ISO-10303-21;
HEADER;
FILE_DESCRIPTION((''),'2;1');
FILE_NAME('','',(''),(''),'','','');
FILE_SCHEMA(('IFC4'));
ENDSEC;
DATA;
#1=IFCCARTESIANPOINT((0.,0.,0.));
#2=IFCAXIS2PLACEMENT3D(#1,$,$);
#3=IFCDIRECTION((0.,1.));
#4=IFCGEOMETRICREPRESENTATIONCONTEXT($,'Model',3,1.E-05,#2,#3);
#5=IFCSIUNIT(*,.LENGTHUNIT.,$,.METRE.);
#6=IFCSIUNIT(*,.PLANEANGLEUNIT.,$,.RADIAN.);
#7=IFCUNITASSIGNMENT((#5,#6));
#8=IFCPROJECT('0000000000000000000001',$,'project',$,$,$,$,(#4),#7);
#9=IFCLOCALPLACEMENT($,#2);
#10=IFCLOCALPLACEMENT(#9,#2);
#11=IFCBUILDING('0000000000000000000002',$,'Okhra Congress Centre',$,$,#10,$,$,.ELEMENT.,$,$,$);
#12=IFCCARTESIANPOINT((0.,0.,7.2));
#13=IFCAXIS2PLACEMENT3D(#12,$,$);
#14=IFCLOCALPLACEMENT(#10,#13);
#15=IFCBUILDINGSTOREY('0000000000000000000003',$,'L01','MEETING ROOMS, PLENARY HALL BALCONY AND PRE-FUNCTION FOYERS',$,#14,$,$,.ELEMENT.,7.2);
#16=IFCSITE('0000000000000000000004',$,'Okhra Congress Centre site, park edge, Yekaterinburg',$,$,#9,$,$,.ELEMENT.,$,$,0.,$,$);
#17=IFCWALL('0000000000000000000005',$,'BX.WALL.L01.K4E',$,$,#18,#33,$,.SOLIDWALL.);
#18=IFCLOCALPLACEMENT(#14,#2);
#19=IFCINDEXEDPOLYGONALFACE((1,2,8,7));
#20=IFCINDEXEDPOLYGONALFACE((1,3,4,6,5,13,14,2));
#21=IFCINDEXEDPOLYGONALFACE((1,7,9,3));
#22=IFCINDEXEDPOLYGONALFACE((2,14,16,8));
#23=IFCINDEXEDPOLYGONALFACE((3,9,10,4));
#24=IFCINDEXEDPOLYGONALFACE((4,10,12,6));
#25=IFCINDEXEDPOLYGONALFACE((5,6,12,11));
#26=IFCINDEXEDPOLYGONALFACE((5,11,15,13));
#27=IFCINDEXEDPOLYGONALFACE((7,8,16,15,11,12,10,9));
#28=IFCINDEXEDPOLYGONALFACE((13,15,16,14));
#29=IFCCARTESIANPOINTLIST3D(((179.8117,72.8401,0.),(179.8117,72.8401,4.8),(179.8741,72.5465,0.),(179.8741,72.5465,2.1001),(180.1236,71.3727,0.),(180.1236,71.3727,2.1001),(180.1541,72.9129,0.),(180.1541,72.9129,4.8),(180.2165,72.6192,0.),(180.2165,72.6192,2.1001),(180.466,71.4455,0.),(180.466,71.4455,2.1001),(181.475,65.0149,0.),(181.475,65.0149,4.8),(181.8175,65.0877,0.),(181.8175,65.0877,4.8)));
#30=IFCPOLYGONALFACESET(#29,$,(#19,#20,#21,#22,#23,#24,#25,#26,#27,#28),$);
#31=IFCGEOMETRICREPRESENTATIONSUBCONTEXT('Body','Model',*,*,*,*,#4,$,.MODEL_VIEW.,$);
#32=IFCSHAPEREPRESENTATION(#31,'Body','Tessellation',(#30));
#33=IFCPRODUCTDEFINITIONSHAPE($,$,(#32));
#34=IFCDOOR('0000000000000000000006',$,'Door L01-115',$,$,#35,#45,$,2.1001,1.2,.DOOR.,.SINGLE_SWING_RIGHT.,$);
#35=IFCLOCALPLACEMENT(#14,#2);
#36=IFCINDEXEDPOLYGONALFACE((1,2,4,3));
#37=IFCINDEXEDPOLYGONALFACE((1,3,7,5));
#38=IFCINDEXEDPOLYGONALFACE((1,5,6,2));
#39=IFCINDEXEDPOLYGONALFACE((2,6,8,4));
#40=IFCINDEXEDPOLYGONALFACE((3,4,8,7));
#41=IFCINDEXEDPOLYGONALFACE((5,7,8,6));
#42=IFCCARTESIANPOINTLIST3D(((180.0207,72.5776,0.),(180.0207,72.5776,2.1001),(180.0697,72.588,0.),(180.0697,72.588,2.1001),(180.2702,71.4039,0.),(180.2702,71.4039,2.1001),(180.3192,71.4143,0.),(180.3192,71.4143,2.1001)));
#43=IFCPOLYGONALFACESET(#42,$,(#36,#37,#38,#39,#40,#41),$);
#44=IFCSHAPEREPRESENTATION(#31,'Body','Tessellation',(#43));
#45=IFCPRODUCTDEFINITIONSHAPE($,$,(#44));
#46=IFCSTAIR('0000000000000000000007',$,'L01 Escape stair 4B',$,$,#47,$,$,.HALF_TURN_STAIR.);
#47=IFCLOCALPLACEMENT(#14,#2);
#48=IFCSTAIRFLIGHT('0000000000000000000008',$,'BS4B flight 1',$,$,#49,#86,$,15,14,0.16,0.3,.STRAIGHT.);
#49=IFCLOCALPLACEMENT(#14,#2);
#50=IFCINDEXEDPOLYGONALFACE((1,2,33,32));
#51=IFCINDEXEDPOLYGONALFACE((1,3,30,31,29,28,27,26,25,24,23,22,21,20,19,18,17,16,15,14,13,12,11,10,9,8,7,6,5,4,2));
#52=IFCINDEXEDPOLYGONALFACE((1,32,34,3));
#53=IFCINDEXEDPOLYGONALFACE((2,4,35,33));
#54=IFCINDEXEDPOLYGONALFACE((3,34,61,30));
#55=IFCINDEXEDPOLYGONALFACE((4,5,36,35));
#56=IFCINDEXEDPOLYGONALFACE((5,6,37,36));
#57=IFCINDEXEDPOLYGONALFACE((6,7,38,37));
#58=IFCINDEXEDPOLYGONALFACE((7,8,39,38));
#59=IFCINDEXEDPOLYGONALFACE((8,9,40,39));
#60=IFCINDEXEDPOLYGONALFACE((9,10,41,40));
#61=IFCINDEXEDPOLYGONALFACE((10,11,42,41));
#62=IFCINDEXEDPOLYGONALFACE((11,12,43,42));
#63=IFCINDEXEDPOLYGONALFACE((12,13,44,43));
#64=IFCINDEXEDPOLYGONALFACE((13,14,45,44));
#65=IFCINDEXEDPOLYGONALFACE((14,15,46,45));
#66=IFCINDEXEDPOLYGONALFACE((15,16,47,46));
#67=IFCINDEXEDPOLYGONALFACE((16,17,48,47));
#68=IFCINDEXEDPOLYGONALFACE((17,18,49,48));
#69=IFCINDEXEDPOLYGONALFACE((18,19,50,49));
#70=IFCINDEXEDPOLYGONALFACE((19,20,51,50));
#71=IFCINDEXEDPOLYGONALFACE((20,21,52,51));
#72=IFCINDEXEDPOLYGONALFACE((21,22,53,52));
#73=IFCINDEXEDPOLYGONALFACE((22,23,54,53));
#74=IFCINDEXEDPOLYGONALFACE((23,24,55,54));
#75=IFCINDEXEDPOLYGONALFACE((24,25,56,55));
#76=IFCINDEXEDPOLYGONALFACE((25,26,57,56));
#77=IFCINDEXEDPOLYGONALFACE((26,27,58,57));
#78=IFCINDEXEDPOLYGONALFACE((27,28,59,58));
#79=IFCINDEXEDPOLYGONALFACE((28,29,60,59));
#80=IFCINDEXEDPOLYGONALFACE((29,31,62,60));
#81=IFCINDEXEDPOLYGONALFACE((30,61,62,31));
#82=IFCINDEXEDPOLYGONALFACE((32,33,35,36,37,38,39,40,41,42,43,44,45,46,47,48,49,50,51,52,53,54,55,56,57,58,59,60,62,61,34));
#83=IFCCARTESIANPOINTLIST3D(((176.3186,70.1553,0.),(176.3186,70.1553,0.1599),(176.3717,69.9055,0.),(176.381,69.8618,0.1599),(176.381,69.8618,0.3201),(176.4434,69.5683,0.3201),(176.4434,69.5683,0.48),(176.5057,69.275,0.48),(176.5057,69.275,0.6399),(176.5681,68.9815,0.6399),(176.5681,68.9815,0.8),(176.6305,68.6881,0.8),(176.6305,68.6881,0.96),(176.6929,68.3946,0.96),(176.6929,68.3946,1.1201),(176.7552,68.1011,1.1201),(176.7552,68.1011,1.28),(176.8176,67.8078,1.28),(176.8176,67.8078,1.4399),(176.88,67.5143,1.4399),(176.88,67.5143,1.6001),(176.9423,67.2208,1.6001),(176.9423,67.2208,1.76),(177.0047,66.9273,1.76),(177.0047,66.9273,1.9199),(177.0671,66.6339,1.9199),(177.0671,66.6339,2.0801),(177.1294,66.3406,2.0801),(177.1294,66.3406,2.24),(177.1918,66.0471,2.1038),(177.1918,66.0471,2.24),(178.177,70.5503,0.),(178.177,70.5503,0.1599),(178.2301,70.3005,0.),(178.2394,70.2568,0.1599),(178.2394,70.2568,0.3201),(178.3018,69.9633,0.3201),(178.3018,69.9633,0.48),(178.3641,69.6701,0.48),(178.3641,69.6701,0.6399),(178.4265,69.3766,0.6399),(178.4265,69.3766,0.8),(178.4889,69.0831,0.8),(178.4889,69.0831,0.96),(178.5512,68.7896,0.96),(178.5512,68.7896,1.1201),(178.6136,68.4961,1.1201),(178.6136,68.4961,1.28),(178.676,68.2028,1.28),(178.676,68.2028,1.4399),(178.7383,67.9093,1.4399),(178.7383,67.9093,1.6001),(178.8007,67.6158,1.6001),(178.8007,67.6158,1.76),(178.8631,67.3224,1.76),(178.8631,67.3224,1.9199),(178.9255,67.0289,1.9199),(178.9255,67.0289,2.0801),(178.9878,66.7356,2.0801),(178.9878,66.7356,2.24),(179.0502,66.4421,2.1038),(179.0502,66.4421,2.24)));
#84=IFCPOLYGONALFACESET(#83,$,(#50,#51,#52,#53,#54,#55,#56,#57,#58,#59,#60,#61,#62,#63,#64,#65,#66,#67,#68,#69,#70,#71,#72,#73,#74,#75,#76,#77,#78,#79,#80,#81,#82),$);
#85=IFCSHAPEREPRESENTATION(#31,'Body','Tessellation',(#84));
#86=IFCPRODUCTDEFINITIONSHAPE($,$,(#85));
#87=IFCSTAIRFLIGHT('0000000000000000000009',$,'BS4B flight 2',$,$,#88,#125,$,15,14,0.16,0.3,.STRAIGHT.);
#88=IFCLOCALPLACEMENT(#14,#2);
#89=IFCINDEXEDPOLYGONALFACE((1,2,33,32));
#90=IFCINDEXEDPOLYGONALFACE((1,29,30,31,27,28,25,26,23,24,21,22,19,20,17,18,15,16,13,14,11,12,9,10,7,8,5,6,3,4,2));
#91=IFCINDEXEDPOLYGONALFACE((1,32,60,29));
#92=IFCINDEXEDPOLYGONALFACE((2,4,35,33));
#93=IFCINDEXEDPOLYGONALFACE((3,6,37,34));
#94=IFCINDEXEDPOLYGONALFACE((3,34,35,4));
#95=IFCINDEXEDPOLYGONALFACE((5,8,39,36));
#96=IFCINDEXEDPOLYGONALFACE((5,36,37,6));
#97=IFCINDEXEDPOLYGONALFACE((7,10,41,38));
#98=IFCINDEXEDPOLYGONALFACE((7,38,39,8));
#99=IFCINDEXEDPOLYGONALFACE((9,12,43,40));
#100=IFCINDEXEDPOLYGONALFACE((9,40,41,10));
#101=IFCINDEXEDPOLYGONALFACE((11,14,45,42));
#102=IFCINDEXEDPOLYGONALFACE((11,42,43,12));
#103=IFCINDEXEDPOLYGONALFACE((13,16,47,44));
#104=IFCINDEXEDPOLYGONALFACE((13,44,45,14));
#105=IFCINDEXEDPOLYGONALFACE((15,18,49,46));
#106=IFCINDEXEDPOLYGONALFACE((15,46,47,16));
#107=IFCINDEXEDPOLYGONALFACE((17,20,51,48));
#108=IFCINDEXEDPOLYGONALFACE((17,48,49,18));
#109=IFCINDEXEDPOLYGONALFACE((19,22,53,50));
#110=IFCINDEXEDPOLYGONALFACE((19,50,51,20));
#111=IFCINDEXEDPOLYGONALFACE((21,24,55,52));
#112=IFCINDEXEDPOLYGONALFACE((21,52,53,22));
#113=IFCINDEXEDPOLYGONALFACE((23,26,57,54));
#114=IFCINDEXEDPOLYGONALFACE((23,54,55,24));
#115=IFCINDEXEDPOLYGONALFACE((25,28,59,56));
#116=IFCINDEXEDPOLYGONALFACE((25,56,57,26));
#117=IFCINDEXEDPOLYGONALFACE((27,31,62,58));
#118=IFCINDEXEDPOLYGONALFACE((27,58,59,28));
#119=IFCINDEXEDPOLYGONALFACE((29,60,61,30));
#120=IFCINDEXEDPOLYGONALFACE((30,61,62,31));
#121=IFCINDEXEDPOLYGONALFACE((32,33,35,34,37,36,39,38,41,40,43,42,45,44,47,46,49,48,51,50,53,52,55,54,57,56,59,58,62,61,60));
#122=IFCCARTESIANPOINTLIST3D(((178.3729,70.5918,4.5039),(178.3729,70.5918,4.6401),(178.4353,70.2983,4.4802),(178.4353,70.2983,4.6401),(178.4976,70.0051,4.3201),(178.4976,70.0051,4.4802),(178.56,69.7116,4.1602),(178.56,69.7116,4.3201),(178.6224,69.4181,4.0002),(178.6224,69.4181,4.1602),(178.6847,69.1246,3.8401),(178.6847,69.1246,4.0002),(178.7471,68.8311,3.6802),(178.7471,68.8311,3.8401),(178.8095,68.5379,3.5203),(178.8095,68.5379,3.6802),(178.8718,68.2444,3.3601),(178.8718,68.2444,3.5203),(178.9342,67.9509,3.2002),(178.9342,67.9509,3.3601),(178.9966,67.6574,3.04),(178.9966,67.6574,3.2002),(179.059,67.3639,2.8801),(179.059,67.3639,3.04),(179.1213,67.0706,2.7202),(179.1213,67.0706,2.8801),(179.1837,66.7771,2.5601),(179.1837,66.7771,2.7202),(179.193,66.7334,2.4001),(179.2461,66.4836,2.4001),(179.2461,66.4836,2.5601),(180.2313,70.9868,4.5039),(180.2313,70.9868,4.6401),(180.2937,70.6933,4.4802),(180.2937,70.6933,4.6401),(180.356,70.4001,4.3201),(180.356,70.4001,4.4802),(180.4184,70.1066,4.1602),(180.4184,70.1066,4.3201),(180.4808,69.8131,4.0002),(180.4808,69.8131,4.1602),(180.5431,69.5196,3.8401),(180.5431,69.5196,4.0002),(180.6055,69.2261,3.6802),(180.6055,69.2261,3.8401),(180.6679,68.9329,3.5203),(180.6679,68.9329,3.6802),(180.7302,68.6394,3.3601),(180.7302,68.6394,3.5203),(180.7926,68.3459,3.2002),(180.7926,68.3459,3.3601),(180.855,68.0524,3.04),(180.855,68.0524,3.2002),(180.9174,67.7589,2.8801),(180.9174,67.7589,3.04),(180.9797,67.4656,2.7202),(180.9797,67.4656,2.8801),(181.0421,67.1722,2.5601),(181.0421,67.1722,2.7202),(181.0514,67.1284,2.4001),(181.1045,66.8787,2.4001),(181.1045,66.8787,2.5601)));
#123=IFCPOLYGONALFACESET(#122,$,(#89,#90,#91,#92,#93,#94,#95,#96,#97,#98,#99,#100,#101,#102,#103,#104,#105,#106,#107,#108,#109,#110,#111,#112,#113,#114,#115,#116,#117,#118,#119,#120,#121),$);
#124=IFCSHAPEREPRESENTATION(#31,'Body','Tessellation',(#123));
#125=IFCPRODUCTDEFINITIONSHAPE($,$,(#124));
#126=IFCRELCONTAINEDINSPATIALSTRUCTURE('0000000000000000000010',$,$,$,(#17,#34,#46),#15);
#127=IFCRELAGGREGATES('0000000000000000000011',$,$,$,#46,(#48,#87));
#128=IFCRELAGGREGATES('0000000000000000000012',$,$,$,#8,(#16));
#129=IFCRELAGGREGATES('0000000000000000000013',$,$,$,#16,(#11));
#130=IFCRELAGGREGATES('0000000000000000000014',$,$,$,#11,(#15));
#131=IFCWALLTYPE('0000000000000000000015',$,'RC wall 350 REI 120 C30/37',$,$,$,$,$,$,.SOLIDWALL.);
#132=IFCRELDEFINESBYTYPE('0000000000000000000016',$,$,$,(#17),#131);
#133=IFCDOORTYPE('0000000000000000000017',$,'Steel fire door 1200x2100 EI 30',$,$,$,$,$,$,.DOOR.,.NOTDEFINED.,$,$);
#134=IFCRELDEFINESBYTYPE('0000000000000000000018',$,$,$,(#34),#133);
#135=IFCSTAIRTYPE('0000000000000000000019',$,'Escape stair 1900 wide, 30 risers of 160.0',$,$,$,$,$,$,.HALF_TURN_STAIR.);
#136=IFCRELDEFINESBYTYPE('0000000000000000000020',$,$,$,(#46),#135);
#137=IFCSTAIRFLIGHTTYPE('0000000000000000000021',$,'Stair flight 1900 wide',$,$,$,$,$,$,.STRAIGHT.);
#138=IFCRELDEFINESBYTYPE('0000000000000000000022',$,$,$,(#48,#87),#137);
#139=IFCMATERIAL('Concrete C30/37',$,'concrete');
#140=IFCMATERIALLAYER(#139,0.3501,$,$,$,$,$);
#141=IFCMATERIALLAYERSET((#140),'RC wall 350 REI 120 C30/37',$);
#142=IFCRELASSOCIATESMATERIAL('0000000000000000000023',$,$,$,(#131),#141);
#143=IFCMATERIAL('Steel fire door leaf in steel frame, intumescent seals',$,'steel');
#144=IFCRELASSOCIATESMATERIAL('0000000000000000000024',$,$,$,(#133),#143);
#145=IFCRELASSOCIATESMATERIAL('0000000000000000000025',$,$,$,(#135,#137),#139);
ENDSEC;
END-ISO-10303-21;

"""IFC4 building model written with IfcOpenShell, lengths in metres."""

from ifc_helpers import new_model, si_unit, direction, frame, frame_2d, origin, place, context, subcontext, project, spatial, polyline, rectangle, outline, extrude, material, layer, layer_set, type_object, element, fill, aggregate, save


model = new_model("IFC4")

# Units and contexts
model_context = context("Model", 3, precision=1e-05, world=origin(), true_north=direction((0.0, 1.0)))
body_context = subcontext(model_context, "Body", "Model", "MODEL_VIEW")
ifc_project = project(units=[si_unit("LENGTHUNIT", "METRE"), si_unit("PLANEANGLEUNIT", "RADIAN")], contexts=[model_context])

# Site, building, storey
site_placement = place(None, origin())
site = spatial("IfcSite", under=ifc_project, at=site_placement, Name="Okhra Congress Centre site, park edge, Yekaterinburg", CompositionType="ELEMENT", RefElevation=0.0)
building_placement = place(site_placement, origin())
building = spatial("IfcBuilding", under=site, at=building_placement, Name="Okhra Congress Centre", CompositionType="ELEMENT")
storey_placement = place(building_placement, frame((0.0, 0.0, 7.2)))
storey = spatial("IfcBuildingStorey", under=building, at=storey_placement, Name="L01", Description="MEETING ROOMS, PLENARY HALL BALCONY AND PRE-FUNCTION FOYERS", CompositionType="ELEMENT", Elevation=7.2)

# Shared definitions
ifc_material_1 = material(Name="Steel fire door leaf in steel frame, intumescent seals", Category="steel")

# Shared definitions
ifc_material_2 = material(Name="Concrete C30/37", Category="concrete")

# Wall, opening, door
ifc_layer_1 = layer(ifc_material_2, 0.3501)
ifc_layer_set_1 = layer_set([ifc_layer_1], Name="RC wall 350 REI 120 C30/37")
wall_type_1 = type_object("IfcWallType", Name="RC wall 350 REI 120 C30/37", PredefinedType="SOLIDWALL", material=ifc_layer_set_1)
wall_1_placement = place(storey_placement, frame((179.9829, 72.8765, 0.0), z_axis=(0.0, 0.0, 1.0), x_axis=(0.207916, -0.978147, 0.0)))
wall_1 = element("IfcWall", 1, at=wall_1_placement, inside=storey, type_object=wall_type_1, Name="BX.WALL.L01.K4E", PredefinedType="SOLIDWALL", context=body_context, shape_type="SweptSolid", body=[
    extrude(rectangle(XDim=8.0, YDim=0.3501, at=frame_2d((4.0, 0.0))), origin(), (0.0, 0.0, 1.0), 4.8),
])
opening_1_placement = place(wall_1_placement, frame((0.3, 0.0, 0.0)))
opening_1 = element("IfcOpeningElement", 2, at=opening_1_placement, cuts=wall_1, PredefinedType="OPENING", context=body_context, shape_type="SweptSolid", body=[
    extrude(rectangle(XDim=1.2, YDim=2.1001, at=frame_2d((0.6001, 1.05))), frame((0.0, 0.1851, 0.0), z_axis=(0.0, -1.0, 0.0), x_axis=(1.0, 0.0, 0.0)), (0.0, 0.0, 1.0), 0.3701),
])
door_type_1 = type_object("IfcDoorType", Name="Steel fire door 1200x2100 EI 30", OperationType="NOTDEFINED", PredefinedType="DOOR", material=ifc_material_1)
door_1_placement = place(opening_1_placement, origin())
door_1 = element("IfcDoor", 3, at=door_1_placement, inside=storey, type_object=door_type_1, Name="Door L01-115", OperationType="SINGLE_SWING_RIGHT", OverallHeight=2.1001, OverallWidth=1.2, PredefinedType="DOOR", context=body_context, shape_type="SweptSolid", body=[
    extrude(rectangle(XDim=1.2, YDim=2.1001, at=frame_2d((0.6001, 1.05))), frame((0.0, 0.0249, 0.0), z_axis=(0.0, -1.0, 0.0), x_axis=(1.0, 0.0, 0.0)), (0.0, 0.0, 1.0), 0.05),
])
fill(opening_1, door_1)

# Stair, stair flights
stair_type = type_object("IfcStairType", Name="Escape stair 1900 wide, 30 risers of 160.0", PredefinedType="HALF_TURN_STAIR", material=ifc_material_2)
stair_placement = place(storey_placement, origin())
stair = element("IfcStair", 4, at=stair_placement, inside=storey, type_object=stair_type, Name="L01 Escape stair 4B", PredefinedType="HALF_TURN_STAIR")
stair_flight_type = type_object("IfcStairFlightType", Name="Stair flight 1900 wide", PredefinedType="STRAIGHT", material=ifc_material_2)
stair_flight_1_placement = place(storey_placement, frame((177.2478, 70.3528, 0.0), z_axis=(0.0, 0.0, 1.0), x_axis=(0.207912, -0.978148, 0.0)))
stair_flight_1 = element("IfcStairFlight", 5, at=stair_flight_1_placement, type_object=stair_flight_type, Name="BS4B flight 1", NumberOfRisers=15, NumberOfTreads=14, PredefinedType="STRAIGHT", RiserHeight=0.16, TreadLength=0.3, context=body_context, shape_type="SweptSolid", body=[
    extrude(outline(polyline([(0.0, 0.0), (0.0, 0.1599), (0.3, 0.1599), (0.3, 0.3201), (0.6001, 0.3201), (0.6001, 0.48), (0.8999, 0.48), (0.8999, 0.6399), (1.2, 0.6399), (1.2, 0.8), (1.5, 0.8), (1.5, 0.96), (1.8, 0.96), (1.8, 1.1201), (2.1001, 1.1201), (2.1001, 1.28), (2.3999, 1.28), (2.3999, 1.4399), (2.7, 1.4399), (2.7, 1.6001), (3.0, 1.6001), (3.0, 1.76), (3.3, 1.76), (3.3, 1.9199), (3.6001, 1.9199), (3.6001, 2.0801), (3.8999, 2.0801), (3.8999, 2.24), (4.2, 2.24), (4.2, 2.3999), (4.2, 2.1038), (0.2554, 0.0), (0.0, 0.0)])), frame((0.0, 0.95, 0.0), z_axis=(0.0, -1.0, 0.0), x_axis=(1.0, 0.0, 0.0)), (0.0, 0.0, 1.0), 1.8999),
])
stair_flight_2_placement = place(storey_placement, frame((180.1753, 66.6812, 2.4001), z_axis=(0.0, 0.0, 1.0), x_axis=(-0.207912, 0.978148, 0.0)))
stair_flight_2 = element("IfcStairFlight", 6, at=stair_flight_2_placement, type_object=stair_flight_type, Name="BS4B flight 2", NumberOfRisers=15, NumberOfTreads=14, PredefinedType="STRAIGHT", RiserHeight=0.16, TreadLength=0.3, context=body_context, shape_type="SweptSolid", body=[
    extrude(outline(polyline([(0.0, 0.0), (0.0, 0.1599), (0.3, 0.1599), (0.3, 0.3201), (0.6001, 0.3201), (0.6001, 0.48), (0.8999, 0.48), (0.8999, 0.6399), (1.2, 0.6399), (1.2, 0.8), (1.5, 0.8), (1.5, 0.96), (1.8, 0.96), (1.8, 1.1201), (2.1001, 1.1201), (2.1001, 1.28), (2.3999, 1.28), (2.3999, 1.4399), (2.7, 1.4399), (2.7, 1.6001), (3.0, 1.6001), (3.0, 1.76), (3.3, 1.76), (3.3, 1.9199), (3.6001, 1.9199), (3.6001, 2.0801), (3.8999, 2.0801), (3.8999, 2.24), (4.2, 2.24), (4.2, 2.3999), (4.2, 2.1038), (0.2554, 0.0), (0.0, 0.0)])), frame((0.0, 0.95, 0.0), z_axis=(0.0, -1.0, 0.0), x_axis=(1.0, 0.0, 0.0)), (0.0, 0.0, 1.0), 1.8999),
])
aggregate(stair, [stair_flight_1, stair_flight_2])

save(model, "model.ifc")
